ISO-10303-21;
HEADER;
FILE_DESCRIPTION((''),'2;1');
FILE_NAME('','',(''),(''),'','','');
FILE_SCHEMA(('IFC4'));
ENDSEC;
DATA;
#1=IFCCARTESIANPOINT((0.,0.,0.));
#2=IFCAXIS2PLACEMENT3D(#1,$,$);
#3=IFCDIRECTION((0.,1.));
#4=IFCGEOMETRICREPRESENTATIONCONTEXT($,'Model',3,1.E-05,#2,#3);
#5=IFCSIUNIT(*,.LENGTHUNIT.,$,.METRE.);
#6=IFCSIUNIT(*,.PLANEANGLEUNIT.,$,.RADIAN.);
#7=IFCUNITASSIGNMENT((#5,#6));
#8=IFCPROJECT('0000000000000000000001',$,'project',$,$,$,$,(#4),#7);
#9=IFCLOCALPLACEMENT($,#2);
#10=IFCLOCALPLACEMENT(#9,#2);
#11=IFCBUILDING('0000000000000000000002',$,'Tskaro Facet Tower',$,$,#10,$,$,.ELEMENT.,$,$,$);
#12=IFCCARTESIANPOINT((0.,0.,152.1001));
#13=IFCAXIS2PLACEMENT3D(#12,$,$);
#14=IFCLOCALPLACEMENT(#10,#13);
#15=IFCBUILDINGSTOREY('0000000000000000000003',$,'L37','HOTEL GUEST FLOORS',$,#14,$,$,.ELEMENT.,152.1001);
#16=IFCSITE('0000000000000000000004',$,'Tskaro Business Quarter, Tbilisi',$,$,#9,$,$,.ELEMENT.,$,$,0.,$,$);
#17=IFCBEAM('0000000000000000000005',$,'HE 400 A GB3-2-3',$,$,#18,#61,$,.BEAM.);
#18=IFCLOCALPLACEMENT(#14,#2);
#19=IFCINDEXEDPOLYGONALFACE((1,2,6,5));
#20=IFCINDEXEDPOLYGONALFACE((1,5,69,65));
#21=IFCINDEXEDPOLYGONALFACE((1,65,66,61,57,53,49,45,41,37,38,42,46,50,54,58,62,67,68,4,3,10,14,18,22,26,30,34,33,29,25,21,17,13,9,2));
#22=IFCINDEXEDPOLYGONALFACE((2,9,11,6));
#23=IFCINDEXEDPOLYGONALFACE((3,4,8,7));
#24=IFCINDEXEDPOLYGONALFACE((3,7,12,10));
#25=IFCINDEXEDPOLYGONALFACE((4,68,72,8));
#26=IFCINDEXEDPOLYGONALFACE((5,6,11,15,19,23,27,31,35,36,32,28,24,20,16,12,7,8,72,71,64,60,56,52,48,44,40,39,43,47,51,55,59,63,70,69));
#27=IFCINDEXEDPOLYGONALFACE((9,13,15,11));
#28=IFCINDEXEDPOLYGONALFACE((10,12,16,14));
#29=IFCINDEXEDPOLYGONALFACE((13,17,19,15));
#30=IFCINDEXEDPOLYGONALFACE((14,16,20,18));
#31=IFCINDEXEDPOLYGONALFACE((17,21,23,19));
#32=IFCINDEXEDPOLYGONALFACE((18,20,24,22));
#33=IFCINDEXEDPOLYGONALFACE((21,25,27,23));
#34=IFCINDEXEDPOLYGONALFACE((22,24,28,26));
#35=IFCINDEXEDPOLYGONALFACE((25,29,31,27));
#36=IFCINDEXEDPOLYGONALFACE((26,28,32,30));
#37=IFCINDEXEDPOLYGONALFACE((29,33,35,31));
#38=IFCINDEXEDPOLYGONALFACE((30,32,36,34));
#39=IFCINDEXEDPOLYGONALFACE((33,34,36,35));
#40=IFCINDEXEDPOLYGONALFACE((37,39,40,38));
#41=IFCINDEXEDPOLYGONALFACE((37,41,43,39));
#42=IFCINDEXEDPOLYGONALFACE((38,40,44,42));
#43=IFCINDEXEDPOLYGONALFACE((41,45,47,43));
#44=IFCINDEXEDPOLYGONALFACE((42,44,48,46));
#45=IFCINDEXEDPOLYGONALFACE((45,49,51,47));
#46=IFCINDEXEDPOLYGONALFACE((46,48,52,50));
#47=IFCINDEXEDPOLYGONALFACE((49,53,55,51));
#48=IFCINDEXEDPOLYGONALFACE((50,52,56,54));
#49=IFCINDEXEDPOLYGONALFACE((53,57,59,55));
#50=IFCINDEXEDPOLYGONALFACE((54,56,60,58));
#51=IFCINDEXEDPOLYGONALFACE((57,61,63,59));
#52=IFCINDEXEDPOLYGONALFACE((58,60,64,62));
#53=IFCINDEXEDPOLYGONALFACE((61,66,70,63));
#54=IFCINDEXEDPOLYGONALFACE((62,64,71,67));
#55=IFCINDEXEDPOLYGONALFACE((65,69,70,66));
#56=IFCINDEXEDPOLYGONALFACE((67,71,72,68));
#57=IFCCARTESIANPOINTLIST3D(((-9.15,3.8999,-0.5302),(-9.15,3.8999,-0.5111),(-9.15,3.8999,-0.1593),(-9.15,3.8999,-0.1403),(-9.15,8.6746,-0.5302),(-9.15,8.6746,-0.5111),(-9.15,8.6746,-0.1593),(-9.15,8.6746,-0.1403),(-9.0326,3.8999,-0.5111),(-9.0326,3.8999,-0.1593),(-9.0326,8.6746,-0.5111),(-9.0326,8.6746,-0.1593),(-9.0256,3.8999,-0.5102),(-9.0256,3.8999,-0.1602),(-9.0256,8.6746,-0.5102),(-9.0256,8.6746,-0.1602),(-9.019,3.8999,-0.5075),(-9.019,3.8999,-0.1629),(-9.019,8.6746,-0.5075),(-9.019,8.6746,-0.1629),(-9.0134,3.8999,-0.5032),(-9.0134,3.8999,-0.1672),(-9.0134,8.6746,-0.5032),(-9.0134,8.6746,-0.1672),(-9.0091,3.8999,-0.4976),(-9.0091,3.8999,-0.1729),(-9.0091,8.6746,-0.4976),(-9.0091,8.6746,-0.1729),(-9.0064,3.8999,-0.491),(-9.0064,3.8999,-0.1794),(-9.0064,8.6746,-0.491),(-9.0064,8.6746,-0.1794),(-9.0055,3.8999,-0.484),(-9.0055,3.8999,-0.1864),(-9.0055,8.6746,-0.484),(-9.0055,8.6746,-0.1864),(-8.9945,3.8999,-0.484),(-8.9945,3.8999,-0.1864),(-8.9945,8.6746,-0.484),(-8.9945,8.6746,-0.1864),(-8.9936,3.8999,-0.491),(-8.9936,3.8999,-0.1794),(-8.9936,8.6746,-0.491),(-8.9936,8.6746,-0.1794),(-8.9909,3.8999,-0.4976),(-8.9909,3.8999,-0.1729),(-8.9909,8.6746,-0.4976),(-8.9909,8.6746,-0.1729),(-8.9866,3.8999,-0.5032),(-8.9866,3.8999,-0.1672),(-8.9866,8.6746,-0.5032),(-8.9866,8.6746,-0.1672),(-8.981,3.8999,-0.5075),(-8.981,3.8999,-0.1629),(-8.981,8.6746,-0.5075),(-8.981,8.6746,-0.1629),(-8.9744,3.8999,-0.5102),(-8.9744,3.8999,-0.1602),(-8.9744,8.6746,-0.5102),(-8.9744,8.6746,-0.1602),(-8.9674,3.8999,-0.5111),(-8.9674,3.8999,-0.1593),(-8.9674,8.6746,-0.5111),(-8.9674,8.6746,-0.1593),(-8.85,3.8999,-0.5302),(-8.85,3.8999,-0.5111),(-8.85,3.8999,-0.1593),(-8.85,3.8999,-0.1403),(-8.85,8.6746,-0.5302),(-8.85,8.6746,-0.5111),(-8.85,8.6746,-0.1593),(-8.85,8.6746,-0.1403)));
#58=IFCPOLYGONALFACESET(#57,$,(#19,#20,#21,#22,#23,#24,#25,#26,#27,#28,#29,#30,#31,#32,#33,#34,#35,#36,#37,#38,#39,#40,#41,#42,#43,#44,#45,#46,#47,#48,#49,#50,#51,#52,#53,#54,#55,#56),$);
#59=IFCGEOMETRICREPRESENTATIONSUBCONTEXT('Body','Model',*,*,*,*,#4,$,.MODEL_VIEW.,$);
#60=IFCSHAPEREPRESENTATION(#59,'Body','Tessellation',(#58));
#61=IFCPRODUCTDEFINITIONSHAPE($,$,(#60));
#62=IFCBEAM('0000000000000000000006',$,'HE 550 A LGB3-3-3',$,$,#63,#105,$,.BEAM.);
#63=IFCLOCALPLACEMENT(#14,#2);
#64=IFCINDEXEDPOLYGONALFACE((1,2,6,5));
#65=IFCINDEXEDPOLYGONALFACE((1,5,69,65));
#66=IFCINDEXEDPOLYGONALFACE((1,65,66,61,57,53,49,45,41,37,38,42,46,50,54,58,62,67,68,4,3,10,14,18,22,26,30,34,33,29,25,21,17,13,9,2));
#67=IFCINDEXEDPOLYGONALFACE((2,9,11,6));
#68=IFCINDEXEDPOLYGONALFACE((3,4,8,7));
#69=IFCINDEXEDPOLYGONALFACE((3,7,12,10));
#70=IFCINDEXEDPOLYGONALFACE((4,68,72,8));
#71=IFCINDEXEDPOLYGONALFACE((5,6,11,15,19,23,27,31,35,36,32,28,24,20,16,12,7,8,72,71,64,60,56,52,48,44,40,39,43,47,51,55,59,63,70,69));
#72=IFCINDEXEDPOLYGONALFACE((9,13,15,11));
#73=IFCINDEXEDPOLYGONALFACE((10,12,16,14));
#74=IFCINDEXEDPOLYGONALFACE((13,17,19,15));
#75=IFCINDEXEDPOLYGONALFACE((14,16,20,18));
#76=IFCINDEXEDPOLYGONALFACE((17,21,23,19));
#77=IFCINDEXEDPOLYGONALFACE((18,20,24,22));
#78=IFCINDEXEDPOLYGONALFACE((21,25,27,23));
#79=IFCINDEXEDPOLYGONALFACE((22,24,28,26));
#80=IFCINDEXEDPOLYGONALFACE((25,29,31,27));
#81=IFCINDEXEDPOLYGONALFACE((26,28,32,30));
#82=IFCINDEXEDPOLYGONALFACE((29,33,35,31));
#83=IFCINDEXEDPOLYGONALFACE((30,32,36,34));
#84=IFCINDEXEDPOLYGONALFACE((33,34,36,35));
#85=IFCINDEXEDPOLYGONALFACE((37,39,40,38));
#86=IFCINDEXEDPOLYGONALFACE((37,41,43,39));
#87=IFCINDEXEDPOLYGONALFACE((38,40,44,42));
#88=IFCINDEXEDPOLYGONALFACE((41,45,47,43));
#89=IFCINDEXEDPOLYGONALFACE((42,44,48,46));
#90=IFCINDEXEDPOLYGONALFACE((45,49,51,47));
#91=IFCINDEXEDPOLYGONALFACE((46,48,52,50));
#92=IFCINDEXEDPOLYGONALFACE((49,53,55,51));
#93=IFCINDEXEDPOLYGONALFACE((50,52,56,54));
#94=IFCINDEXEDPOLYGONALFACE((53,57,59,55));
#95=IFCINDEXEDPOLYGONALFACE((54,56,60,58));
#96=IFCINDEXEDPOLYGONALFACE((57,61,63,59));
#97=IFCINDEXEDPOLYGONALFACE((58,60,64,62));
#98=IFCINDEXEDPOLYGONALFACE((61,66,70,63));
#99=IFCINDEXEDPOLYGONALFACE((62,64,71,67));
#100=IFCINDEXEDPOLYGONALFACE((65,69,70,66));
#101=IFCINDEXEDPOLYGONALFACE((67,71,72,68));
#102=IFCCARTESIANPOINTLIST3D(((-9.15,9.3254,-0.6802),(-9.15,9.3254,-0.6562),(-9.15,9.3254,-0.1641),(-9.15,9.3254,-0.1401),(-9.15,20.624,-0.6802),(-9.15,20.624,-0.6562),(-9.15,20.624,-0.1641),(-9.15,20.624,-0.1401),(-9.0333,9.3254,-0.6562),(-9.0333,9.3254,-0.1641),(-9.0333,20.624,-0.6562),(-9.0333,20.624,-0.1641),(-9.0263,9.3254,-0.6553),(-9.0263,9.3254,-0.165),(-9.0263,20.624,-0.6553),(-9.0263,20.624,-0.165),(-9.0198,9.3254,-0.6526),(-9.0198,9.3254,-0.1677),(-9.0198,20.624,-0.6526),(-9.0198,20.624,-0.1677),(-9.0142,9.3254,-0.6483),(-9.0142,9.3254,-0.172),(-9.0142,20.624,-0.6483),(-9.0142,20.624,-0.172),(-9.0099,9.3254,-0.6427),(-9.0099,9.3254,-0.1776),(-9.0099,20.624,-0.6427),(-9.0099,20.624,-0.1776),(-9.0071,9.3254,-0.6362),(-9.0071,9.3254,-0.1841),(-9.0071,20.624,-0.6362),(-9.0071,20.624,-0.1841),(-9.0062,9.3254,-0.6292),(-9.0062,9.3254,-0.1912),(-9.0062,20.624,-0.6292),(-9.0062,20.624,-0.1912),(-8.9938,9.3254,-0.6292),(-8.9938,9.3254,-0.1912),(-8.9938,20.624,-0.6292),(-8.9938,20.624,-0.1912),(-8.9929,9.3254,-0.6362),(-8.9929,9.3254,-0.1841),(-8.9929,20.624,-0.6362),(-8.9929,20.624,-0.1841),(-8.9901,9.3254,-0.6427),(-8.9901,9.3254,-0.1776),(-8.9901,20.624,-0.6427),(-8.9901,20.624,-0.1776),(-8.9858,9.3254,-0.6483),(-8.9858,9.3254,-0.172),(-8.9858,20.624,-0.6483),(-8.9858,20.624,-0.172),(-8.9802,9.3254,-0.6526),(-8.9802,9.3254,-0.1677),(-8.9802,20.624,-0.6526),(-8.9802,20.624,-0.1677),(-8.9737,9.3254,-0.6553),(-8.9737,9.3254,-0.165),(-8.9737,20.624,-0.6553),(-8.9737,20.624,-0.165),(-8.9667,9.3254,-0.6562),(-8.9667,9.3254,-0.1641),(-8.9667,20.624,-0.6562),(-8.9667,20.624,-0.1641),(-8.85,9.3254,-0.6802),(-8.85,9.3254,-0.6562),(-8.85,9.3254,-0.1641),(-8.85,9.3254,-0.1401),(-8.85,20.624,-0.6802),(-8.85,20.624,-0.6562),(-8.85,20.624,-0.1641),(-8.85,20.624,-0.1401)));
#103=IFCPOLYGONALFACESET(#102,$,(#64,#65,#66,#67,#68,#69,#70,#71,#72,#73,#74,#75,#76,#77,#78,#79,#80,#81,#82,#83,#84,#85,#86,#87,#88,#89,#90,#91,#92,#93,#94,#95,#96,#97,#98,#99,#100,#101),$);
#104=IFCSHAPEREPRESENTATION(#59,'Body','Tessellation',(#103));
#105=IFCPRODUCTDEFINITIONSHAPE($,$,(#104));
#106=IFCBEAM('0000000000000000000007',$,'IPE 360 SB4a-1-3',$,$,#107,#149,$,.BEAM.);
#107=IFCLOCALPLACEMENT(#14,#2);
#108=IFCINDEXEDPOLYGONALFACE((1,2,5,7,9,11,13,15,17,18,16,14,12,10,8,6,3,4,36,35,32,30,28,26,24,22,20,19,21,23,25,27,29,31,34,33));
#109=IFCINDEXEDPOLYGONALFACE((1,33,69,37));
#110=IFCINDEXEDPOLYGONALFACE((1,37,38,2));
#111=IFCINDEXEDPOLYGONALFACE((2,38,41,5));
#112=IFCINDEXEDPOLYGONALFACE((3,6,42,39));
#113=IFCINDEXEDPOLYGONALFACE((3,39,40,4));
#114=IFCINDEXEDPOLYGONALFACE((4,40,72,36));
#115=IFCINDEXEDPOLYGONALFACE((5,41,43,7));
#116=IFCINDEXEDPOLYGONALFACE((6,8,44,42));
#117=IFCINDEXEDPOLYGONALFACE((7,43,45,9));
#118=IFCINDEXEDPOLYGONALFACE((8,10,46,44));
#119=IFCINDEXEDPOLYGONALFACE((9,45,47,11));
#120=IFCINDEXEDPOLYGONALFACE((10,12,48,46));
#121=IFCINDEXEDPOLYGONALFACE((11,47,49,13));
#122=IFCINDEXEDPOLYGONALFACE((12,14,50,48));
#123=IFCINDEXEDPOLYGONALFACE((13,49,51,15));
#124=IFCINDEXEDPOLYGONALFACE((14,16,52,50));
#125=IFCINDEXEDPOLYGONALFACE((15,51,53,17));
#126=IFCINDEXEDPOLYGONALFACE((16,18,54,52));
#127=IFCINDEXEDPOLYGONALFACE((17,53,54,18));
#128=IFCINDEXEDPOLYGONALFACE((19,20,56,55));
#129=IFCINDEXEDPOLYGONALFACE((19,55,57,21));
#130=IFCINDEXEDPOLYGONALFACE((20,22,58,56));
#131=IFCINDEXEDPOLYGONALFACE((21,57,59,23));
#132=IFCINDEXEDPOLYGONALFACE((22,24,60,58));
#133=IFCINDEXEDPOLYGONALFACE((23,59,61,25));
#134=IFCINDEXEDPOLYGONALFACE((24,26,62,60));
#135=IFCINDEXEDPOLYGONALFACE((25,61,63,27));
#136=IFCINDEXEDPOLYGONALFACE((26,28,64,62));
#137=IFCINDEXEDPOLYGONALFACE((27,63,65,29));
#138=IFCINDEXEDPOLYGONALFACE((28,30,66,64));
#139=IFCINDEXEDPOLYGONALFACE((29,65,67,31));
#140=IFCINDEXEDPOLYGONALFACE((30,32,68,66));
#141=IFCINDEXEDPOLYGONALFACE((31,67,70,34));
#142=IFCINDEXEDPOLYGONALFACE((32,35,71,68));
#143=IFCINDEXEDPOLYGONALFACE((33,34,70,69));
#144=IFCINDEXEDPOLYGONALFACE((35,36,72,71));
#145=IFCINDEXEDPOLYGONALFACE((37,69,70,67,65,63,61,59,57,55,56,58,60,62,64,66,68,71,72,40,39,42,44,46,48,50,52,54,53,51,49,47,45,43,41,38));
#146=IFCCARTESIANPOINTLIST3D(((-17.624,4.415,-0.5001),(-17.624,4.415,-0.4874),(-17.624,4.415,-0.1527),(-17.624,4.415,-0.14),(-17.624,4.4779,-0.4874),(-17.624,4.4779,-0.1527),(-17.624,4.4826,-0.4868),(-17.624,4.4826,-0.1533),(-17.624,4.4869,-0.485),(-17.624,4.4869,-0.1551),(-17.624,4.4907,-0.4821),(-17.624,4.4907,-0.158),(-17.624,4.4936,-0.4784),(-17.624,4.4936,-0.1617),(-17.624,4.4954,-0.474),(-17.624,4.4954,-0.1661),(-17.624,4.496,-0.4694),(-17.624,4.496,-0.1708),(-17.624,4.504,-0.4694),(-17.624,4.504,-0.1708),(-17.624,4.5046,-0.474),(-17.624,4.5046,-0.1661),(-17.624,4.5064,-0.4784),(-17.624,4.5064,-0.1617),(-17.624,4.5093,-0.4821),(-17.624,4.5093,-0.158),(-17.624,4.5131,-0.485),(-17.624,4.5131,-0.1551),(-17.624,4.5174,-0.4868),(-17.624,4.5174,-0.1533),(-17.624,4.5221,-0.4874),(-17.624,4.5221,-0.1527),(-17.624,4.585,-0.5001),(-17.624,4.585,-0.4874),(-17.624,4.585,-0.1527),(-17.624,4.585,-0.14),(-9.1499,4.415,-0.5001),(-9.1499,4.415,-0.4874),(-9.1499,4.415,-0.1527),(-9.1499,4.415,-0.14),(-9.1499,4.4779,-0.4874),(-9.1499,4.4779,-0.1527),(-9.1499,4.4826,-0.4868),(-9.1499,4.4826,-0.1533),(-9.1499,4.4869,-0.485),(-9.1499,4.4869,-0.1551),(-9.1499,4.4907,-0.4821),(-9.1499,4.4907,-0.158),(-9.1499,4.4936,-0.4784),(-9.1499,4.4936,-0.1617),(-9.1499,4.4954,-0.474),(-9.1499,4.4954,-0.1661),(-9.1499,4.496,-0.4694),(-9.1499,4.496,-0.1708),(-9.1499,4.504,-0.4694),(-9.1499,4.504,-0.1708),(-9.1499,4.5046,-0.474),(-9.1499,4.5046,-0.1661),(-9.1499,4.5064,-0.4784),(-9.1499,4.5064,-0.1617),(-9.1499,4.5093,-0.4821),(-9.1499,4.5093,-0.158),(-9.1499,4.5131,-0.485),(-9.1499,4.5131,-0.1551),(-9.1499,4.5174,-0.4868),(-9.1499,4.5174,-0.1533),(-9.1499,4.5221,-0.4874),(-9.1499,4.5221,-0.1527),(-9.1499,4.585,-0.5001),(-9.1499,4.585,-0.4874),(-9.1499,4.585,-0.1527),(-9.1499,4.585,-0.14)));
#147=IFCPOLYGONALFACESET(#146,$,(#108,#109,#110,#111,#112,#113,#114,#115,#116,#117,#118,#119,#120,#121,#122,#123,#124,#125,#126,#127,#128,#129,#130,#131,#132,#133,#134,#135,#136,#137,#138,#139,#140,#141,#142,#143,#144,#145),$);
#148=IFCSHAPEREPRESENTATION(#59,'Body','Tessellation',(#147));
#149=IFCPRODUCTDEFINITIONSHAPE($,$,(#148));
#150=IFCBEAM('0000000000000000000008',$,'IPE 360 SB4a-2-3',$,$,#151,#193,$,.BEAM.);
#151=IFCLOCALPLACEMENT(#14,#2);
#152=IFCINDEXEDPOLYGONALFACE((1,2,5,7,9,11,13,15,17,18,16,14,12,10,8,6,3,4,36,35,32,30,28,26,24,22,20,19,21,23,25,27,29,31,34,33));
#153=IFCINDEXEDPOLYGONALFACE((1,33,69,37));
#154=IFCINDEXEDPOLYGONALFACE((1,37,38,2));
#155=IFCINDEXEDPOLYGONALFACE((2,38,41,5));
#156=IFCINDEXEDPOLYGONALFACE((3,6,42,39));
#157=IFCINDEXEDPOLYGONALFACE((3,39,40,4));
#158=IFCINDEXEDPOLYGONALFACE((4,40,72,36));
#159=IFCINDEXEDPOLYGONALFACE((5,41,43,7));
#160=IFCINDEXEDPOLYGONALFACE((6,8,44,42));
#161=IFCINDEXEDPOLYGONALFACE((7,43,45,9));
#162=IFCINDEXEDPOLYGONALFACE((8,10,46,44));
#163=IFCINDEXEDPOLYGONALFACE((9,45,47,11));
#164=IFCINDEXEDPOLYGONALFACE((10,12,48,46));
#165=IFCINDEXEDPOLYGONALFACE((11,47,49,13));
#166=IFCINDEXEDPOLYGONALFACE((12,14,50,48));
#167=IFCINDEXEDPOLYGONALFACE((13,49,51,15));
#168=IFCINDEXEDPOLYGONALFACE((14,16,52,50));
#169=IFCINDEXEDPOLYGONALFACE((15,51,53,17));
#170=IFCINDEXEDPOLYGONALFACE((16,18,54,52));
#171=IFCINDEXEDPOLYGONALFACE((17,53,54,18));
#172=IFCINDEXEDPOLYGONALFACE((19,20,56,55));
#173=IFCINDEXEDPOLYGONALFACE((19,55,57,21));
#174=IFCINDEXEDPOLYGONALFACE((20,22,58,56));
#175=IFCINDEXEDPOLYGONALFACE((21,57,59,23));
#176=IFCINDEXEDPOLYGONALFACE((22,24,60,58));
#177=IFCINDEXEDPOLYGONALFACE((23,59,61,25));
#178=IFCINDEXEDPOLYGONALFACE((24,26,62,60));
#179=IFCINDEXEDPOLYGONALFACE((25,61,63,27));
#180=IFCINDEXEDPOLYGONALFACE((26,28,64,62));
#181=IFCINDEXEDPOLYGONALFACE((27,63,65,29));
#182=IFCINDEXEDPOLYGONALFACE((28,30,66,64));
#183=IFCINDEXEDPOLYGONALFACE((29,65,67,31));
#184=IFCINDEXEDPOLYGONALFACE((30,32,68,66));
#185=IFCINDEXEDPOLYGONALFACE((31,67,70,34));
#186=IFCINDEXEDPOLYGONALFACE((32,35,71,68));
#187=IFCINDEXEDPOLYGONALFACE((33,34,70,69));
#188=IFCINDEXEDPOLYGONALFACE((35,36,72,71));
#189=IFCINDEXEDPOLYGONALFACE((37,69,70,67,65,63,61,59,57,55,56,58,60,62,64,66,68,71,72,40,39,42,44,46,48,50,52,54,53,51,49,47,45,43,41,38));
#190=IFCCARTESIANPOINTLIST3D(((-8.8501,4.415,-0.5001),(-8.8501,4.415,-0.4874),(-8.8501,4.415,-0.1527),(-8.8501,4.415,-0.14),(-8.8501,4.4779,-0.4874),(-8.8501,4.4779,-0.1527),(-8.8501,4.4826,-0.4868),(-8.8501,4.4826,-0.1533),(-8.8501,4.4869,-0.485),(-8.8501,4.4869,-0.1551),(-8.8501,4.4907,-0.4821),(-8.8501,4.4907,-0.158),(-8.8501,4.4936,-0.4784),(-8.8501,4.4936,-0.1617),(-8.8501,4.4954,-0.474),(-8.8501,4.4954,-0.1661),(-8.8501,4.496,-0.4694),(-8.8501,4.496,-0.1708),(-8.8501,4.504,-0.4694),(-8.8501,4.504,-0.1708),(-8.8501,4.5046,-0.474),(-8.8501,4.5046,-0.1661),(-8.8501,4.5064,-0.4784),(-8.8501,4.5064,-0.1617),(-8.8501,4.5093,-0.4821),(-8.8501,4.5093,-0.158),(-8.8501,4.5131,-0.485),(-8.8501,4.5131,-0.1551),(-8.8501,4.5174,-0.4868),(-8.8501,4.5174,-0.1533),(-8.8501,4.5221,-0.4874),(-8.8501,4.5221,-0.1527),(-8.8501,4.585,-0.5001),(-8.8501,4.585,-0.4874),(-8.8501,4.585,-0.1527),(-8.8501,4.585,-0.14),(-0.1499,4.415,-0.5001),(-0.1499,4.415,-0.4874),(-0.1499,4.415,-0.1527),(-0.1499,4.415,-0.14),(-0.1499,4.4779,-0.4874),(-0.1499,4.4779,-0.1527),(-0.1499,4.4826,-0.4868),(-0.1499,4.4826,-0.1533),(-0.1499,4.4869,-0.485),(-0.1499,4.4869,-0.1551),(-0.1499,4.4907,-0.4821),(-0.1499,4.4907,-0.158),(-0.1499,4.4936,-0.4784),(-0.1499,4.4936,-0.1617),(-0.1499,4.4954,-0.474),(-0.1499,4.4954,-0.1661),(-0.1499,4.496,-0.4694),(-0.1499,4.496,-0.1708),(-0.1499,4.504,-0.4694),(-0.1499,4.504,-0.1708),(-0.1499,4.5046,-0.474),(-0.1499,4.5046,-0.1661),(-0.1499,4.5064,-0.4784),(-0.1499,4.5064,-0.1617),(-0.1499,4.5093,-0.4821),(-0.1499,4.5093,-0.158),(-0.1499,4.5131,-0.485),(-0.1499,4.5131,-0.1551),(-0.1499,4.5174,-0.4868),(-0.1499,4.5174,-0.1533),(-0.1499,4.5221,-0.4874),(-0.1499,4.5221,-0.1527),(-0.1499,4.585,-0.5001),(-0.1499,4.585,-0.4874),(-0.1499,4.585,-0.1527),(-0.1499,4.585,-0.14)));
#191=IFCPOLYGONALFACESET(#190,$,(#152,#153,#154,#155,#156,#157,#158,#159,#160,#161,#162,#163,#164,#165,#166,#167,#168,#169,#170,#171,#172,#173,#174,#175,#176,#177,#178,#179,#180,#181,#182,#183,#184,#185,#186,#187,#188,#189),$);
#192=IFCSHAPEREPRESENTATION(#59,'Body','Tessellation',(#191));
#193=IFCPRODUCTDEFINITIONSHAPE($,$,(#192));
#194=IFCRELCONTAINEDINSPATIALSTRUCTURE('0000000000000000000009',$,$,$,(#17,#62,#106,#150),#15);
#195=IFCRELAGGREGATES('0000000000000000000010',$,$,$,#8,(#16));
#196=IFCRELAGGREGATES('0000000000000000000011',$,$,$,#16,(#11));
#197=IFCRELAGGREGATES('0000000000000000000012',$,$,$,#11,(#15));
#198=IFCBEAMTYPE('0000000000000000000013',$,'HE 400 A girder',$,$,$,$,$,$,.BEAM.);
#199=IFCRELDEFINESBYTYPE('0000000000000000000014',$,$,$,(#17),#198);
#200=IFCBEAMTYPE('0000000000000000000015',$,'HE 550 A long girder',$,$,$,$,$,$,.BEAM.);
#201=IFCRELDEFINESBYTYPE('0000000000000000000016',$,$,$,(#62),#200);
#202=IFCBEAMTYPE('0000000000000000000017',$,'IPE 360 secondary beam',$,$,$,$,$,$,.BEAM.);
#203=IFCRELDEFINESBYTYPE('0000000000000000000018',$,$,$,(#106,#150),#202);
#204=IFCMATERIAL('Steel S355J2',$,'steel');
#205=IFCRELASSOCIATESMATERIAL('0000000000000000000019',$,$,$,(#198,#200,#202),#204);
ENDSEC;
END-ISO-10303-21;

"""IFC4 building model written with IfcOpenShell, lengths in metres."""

from ifc_helpers import new_model, si_unit, direction, frame, origin, origin_2d, place, context, subcontext, project, spatial, i_section, extrude, material, material_profile, profile_set, type_object, element, save


model = new_model("IFC4")

# Units and contexts
model_context = context("Model", 3, precision=1e-05, world=origin(), true_north=direction((0.0, 1.0)))
body_context = subcontext(model_context, "Body", "Model", "MODEL_VIEW")
ifc_project = project(units=[si_unit("LENGTHUNIT", "METRE"), si_unit("PLANEANGLEUNIT", "RADIAN")], contexts=[model_context])

# Site, building, storey
site_placement = place(None, origin())
site = spatial("IfcSite", under=ifc_project, at=site_placement, Name="Tskaro Business Quarter, Tbilisi", CompositionType="ELEMENT", RefElevation=0.0)
building_placement = place(site_placement, origin())
building = spatial("IfcBuilding", under=site, at=building_placement, Name="Tskaro Facet Tower", CompositionType="ELEMENT")
storey_placement = place(building_placement, frame((0.0, 0.0, 152.1001)))
storey = spatial("IfcBuildingStorey", under=building, at=storey_placement, Name="L37", Description="HOTEL GUEST FLOORS", CompositionType="ELEMENT", Elevation=152.1001)

# Beams
ifc_material_1 = material(Name="Steel S355J2", Category="steel")
ifc_material_profile_1 = material_profile(ifc_material_1, i_section(OverallWidth=0.3, OverallDepth=0.3899, WebThickness=0.011, FlangeThickness=0.019, FilletRadius=0.0271, at=origin_2d()), Name="HE 400 A")
ifc_profile_set_1 = profile_set([ifc_material_profile_1], Name="Steel S355J2")
beam_type_1 = type_object("IfcBeamType", Name="HE 400 A girder", PredefinedType="BEAM", material=ifc_profile_set_1)
beam_1_placement = place(storey_placement, frame((-9.0, 3.8999, -0.3352), z_axis=(0.0, 1.0, 0.0), x_axis=(-1.0, 0.0, 0.0)))
element("IfcBeam", 1, at=beam_1_placement, inside=storey, type_object=beam_type_1, Name="HE 400 A GB3-2-3", PredefinedType="BEAM", context=body_context, shape_type="SweptSolid", body=[
    extrude(i_section(OverallWidth=0.3, OverallDepth=0.3899, WebThickness=0.011, FlangeThickness=0.019, FilletRadius=0.0271, at=origin_2d()), origin(), (0.0, 0.0, 1.0), 4.7747),
])
ifc_material_profile_2 = material_profile(ifc_material_1, i_section(OverallWidth=0.3, OverallDepth=0.54, WebThickness=0.0125, FlangeThickness=0.0239, FilletRadius=0.0271, at=origin_2d()), Name="HE 550 A")
ifc_profile_set_2 = profile_set([ifc_material_profile_2], Name="Steel S355J2")
beam_type_2 = type_object("IfcBeamType", Name="HE 550 A long girder", PredefinedType="BEAM", material=ifc_profile_set_2)
beam_2_placement = place(storey_placement, frame((-9.0, 9.3254, -0.4102), z_axis=(0.0, 1.0, 0.0), x_axis=(-1.0, 0.0, 0.0)))
element("IfcBeam", 2, at=beam_2_placement, inside=storey, type_object=beam_type_2, Name="HE 550 A LGB3-3-3", PredefinedType="BEAM", context=body_context, shape_type="SweptSolid", body=[
    extrude(i_section(OverallWidth=0.3, OverallDepth=0.54, WebThickness=0.0125, FlangeThickness=0.0239, FilletRadius=0.0271, at=origin_2d()), origin(), (0.0, 0.0, 1.0), 11.2986),
])
ifc_material_profile_3 = material_profile(ifc_material_1, i_section(OverallWidth=0.1699, OverallDepth=0.3601, WebThickness=0.0081, FlangeThickness=0.0127, FilletRadius=0.0181, at=origin_2d()), Name="IPE 360")
ifc_profile_set_3 = profile_set([ifc_material_profile_3], Name="Steel S355J2")
beam_type_3 = type_object("IfcBeamType", Name="IPE 360 secondary beam", PredefinedType="BEAM", material=ifc_profile_set_3)
beam_3_placement = place(storey_placement, frame((-17.624, 4.5, -0.3201), z_axis=(1.0, 0.0, 0.0), x_axis=(0.0, 1.0, 0.0)))
element("IfcBeam", 3, at=beam_3_placement, inside=storey, type_object=beam_type_3, Name="IPE 360 SB4a-1-3", PredefinedType="BEAM", context=body_context, shape_type="SweptSolid", body=[
    extrude(i_section(OverallWidth=0.1699, OverallDepth=0.3601, WebThickness=0.0081, FlangeThickness=0.0127, FilletRadius=0.0181, at=origin_2d()), origin(), (0.0, 0.0, 1.0), 8.4741),
])
beam_4_placement = place(storey_placement, frame((-8.8501, 4.5, -0.3201), z_axis=(1.0, 0.0, 0.0), x_axis=(0.0, 1.0, 0.0)))
element("IfcBeam", 4, at=beam_4_placement, inside=storey, type_object=beam_type_3, Name="IPE 360 SB4a-2-3", PredefinedType="BEAM", context=body_context, shape_type="SweptSolid", body=[
    extrude(i_section(OverallWidth=0.1699, OverallDepth=0.3601, WebThickness=0.0081, FlangeThickness=0.0127, FilletRadius=0.0181, at=origin_2d()), origin(), (0.0, 0.0, 1.0), 8.7002),
])

save(model, "model.ifc")
